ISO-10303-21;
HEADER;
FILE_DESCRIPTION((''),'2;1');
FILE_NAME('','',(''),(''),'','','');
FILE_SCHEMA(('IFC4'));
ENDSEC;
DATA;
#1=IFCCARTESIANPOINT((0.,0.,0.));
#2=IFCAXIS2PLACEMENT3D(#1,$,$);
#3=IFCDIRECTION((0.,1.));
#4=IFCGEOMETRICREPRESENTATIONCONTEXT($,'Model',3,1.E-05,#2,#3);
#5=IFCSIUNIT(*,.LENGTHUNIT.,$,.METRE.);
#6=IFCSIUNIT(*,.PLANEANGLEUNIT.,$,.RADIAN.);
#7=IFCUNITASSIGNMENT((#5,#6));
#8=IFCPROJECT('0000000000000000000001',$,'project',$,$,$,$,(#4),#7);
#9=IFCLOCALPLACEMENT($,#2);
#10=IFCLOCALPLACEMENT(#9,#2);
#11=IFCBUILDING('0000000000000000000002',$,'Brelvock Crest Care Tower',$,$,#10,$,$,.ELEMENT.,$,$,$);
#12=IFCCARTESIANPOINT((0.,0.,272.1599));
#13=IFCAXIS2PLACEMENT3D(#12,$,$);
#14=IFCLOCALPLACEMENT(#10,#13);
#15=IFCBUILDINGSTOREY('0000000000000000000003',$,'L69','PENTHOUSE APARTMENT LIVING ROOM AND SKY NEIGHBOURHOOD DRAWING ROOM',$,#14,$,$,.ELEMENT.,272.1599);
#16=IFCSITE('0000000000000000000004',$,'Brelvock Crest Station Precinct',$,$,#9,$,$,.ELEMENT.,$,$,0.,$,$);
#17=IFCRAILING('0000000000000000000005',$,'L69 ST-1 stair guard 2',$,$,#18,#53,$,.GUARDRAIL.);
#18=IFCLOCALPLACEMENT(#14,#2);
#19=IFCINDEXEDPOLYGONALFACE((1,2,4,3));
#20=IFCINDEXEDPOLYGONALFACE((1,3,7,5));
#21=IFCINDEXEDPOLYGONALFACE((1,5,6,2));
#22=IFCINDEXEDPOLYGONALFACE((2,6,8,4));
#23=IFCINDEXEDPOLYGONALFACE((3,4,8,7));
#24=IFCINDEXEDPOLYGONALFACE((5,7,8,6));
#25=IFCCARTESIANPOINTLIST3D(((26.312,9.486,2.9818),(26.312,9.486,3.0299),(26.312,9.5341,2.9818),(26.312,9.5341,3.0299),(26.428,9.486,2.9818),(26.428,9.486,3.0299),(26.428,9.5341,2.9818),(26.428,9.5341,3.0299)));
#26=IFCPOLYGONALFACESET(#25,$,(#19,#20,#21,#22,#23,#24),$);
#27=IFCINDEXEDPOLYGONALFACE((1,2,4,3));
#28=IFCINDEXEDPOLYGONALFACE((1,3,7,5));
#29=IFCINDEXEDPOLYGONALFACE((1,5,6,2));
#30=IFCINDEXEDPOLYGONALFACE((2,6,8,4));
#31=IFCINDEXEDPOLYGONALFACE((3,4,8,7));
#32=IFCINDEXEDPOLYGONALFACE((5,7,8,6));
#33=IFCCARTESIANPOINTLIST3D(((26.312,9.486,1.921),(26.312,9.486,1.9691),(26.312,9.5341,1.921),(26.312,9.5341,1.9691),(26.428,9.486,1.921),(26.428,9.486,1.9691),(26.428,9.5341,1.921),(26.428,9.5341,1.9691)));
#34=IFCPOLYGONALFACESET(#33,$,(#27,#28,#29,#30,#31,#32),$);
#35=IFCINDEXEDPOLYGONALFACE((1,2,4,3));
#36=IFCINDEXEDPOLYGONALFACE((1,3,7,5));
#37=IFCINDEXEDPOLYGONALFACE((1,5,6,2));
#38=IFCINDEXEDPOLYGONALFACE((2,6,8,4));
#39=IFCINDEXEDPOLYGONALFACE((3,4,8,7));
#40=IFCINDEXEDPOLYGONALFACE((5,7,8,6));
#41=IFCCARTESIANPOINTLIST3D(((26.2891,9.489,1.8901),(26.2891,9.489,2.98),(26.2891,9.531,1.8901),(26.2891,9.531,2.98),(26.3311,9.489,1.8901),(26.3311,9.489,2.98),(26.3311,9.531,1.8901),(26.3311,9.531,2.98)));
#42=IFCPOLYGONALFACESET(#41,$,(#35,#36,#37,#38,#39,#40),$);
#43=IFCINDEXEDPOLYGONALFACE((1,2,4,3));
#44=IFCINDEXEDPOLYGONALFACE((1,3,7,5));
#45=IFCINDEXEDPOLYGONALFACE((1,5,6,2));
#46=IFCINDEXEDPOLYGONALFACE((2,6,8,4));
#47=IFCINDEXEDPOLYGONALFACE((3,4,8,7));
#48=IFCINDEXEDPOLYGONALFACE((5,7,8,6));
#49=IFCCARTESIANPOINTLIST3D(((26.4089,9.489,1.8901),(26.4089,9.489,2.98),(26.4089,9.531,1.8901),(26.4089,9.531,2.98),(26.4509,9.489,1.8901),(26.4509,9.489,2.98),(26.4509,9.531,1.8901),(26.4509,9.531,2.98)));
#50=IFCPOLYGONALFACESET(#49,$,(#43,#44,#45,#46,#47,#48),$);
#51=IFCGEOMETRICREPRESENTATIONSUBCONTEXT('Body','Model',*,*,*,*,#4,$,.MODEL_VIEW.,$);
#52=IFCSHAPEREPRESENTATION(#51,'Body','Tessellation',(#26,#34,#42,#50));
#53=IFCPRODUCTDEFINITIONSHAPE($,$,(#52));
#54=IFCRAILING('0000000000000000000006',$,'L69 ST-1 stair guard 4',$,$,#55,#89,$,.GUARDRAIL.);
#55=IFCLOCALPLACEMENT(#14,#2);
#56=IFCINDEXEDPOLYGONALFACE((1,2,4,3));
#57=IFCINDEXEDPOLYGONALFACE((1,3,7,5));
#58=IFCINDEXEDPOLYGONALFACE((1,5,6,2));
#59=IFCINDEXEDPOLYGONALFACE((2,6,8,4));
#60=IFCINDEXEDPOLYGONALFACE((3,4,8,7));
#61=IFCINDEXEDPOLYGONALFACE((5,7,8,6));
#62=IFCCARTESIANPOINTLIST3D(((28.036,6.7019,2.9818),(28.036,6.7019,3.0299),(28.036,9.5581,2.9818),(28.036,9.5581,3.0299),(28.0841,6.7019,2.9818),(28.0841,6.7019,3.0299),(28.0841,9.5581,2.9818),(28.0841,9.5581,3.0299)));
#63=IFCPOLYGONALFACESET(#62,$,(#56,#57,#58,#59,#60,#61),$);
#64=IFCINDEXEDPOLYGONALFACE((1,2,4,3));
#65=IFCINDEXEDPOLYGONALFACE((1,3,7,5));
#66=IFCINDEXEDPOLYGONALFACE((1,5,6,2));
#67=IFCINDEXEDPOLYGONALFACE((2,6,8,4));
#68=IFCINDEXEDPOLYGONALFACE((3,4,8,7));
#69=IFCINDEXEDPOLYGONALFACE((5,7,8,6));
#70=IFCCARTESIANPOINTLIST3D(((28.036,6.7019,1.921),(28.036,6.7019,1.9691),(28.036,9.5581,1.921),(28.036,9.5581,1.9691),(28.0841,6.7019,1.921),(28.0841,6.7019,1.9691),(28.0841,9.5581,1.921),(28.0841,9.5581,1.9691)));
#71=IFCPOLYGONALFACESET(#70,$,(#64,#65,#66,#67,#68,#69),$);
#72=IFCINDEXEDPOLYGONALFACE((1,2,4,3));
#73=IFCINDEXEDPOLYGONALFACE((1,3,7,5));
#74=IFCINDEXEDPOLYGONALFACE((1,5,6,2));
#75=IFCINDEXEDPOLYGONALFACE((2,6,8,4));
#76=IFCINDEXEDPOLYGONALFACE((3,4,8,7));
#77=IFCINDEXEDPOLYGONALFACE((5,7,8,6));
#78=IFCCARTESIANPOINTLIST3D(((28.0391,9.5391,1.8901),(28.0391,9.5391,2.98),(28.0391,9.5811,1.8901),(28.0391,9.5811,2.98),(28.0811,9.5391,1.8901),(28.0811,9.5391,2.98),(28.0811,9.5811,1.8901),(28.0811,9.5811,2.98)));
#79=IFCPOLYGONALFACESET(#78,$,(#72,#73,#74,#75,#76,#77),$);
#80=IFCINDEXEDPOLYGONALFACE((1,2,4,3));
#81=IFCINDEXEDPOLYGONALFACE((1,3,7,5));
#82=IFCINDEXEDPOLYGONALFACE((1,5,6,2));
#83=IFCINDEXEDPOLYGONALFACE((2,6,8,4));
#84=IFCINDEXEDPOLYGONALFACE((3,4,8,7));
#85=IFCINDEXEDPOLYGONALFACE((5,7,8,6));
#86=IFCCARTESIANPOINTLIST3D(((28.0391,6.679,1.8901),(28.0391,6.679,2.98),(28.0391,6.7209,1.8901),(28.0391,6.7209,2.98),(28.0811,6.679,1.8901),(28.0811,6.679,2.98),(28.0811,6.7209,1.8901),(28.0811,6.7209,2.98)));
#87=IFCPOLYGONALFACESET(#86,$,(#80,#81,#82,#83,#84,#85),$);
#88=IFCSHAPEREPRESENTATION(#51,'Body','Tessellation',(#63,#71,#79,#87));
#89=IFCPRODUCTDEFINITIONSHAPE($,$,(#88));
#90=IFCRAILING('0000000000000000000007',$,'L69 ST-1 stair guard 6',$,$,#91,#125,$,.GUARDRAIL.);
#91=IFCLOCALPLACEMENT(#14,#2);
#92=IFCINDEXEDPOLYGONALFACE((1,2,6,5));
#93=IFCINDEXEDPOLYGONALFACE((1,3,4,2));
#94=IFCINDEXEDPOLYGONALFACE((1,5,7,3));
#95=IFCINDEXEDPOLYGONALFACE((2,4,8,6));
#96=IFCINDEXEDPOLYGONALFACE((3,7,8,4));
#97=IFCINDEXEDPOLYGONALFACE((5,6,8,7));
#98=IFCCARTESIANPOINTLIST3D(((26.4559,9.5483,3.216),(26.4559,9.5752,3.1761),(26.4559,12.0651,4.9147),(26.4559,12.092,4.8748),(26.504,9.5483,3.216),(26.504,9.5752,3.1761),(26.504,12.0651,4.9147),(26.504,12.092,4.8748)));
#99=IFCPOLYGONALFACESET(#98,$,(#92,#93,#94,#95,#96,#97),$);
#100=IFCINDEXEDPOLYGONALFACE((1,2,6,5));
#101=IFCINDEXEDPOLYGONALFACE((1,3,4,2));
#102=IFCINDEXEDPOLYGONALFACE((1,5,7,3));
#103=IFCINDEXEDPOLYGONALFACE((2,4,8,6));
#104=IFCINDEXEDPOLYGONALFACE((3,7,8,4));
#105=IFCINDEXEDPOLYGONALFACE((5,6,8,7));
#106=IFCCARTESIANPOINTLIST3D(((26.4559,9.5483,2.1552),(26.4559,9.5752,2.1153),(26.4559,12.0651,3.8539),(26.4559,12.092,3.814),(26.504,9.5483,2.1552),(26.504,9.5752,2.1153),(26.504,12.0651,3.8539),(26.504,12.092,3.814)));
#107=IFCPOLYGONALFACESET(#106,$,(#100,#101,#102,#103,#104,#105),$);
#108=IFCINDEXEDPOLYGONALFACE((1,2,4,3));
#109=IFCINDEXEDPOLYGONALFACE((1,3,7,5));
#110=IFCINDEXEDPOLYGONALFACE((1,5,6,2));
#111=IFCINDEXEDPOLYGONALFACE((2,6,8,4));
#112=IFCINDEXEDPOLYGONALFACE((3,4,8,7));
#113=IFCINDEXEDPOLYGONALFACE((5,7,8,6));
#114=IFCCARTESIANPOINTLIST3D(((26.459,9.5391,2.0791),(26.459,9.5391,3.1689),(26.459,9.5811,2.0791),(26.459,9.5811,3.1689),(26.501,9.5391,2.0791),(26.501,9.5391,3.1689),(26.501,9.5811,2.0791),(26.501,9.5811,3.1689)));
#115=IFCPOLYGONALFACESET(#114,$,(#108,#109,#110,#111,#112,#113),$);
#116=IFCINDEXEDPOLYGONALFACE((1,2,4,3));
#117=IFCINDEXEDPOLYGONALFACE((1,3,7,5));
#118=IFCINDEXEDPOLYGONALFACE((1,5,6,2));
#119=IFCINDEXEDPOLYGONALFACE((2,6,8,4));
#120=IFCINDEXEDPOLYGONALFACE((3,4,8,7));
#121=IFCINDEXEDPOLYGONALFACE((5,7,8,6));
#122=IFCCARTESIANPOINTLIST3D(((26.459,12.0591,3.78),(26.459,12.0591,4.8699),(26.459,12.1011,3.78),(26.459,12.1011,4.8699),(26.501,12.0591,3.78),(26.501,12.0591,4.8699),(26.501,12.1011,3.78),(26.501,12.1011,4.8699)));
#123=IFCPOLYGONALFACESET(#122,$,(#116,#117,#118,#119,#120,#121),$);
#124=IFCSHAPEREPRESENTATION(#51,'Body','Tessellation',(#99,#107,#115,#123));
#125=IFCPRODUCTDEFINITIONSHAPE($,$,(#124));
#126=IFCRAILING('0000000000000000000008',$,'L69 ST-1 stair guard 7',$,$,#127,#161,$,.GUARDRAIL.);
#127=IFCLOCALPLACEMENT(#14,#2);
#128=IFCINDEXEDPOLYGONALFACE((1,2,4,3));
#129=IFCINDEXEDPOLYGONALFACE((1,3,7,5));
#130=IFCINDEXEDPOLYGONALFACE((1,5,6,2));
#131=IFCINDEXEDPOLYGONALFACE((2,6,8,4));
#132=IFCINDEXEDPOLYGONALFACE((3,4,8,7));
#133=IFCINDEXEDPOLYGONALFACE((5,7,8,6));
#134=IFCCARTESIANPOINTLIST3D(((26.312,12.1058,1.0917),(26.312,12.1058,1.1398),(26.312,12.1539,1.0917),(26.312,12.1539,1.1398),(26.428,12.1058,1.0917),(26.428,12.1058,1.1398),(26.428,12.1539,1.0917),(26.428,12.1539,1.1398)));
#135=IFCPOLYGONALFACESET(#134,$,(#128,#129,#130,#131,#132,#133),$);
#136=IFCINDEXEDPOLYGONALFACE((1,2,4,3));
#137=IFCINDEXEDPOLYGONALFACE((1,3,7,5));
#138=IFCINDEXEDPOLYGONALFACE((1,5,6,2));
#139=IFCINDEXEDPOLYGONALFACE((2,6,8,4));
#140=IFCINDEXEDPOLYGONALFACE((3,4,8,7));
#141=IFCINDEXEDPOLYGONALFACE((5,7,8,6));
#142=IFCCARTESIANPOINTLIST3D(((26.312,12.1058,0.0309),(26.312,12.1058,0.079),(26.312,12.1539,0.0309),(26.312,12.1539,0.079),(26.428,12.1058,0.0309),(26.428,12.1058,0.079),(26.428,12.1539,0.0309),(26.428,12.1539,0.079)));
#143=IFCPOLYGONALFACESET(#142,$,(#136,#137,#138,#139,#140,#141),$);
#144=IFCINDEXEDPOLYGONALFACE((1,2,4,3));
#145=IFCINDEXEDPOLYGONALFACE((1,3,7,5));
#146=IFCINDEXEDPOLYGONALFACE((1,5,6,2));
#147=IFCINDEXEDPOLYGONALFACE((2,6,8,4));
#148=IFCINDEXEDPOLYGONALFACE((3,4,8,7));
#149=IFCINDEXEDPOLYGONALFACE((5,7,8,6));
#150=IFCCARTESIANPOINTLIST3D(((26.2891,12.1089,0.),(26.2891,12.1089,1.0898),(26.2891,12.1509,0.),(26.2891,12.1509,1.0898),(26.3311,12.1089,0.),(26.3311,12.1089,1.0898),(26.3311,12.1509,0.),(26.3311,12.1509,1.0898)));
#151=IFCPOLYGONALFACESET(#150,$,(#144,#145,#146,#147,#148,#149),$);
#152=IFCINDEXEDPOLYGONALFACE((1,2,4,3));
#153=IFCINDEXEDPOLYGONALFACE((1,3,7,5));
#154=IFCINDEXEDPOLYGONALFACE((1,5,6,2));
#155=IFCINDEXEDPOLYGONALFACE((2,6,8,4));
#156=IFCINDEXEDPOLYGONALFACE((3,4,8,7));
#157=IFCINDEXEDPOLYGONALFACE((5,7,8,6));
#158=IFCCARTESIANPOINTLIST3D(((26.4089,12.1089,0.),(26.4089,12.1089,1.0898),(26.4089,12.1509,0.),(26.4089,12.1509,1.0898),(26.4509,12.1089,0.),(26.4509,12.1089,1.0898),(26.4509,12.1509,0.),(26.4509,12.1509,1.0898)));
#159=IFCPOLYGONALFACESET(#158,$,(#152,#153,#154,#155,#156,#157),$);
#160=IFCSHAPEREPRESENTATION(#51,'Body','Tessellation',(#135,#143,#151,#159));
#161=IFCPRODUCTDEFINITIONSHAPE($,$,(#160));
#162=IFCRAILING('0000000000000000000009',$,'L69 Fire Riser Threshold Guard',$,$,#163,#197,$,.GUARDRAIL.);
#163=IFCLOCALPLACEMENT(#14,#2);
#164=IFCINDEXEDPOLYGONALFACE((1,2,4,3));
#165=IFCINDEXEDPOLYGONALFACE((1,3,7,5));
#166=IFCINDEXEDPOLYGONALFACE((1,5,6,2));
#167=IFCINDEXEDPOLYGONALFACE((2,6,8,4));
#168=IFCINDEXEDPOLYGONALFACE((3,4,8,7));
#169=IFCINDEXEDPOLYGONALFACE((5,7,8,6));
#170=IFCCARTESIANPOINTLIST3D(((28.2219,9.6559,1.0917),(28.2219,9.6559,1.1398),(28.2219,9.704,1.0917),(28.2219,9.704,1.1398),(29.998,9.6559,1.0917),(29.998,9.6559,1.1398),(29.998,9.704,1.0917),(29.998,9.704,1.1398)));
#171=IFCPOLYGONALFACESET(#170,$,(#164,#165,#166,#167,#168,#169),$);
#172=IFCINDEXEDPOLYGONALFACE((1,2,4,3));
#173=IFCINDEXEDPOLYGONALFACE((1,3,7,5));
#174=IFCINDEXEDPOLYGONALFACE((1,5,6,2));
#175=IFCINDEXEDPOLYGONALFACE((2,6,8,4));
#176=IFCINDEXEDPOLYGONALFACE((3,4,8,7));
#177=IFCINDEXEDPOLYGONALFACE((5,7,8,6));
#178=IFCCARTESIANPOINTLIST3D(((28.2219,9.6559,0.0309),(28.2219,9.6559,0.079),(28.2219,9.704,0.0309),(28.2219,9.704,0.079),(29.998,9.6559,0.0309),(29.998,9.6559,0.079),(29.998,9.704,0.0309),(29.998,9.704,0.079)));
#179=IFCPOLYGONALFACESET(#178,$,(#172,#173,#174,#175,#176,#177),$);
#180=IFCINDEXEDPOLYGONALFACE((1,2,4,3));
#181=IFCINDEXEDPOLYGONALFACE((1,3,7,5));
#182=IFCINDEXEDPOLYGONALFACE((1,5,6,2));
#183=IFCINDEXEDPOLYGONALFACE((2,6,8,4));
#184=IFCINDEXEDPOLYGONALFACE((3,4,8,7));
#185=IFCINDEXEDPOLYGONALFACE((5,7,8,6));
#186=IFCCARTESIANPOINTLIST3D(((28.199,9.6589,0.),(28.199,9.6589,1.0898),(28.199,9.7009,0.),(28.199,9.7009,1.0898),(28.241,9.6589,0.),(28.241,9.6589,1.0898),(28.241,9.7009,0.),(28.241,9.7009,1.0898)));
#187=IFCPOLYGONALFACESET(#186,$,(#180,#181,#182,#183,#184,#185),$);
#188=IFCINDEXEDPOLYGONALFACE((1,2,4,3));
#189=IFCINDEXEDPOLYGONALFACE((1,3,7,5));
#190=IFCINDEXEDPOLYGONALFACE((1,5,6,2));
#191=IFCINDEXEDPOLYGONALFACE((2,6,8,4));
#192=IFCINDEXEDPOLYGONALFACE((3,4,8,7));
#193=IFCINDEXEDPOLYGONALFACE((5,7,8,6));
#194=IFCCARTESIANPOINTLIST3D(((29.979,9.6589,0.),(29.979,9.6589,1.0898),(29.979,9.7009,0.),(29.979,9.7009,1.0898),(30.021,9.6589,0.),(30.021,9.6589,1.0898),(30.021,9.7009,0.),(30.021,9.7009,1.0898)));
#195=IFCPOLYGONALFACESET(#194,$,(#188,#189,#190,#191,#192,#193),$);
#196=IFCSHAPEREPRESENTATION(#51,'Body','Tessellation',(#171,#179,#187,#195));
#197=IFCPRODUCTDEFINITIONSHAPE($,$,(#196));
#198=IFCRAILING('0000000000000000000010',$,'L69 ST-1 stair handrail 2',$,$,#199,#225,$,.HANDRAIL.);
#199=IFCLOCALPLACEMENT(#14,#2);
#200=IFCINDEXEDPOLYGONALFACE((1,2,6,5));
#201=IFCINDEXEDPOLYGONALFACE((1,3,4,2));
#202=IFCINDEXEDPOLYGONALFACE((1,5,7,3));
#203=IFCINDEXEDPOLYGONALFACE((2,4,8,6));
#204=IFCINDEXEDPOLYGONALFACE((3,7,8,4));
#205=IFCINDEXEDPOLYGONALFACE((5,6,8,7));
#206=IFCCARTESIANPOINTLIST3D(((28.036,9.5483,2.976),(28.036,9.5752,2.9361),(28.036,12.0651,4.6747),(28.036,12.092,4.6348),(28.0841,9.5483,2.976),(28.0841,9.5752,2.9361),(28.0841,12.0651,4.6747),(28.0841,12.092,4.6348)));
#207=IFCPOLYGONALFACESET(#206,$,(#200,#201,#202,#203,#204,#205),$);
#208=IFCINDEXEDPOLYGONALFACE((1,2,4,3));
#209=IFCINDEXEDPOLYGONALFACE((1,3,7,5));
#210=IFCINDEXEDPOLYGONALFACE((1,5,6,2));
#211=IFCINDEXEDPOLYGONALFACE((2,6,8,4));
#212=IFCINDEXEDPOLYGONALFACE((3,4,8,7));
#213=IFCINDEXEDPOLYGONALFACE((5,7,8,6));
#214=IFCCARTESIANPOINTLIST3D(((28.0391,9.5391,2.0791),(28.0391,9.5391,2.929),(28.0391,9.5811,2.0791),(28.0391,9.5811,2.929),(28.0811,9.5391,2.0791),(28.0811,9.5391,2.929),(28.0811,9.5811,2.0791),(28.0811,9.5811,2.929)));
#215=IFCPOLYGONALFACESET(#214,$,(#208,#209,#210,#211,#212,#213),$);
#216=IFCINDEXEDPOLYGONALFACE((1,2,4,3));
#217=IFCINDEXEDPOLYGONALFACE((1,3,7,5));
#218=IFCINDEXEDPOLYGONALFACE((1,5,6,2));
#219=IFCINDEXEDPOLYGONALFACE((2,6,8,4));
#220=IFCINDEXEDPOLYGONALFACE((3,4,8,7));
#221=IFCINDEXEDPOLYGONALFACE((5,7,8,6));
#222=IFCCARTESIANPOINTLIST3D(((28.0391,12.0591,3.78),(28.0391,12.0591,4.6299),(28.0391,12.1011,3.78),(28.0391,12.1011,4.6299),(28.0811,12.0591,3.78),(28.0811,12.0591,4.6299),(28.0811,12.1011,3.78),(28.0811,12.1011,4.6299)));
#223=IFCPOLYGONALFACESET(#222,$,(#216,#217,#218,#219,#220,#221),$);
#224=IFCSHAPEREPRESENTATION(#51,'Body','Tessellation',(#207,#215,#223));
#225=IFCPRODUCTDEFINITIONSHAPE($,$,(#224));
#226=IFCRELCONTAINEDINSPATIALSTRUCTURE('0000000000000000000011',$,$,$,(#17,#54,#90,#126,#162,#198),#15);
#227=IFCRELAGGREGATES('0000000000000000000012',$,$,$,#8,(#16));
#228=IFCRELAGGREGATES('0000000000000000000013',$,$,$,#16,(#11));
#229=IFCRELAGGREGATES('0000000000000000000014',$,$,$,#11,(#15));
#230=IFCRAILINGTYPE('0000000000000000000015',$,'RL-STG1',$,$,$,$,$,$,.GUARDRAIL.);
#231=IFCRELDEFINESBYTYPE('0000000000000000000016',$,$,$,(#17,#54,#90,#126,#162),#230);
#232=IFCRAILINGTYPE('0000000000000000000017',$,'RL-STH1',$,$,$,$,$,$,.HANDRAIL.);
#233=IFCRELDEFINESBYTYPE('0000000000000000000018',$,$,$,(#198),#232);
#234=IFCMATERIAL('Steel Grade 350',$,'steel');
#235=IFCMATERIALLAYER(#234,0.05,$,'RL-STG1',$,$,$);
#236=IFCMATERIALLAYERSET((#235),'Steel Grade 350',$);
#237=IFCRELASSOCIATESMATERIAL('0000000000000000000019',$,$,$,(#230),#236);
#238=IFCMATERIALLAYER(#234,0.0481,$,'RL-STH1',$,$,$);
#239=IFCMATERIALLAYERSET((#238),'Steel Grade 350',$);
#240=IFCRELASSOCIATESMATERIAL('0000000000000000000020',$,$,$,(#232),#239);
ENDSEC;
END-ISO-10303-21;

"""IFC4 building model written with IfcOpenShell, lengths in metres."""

from ifc_helpers import new_model, si_unit, direction, frame, origin, origin_2d, place, context, subcontext, project, spatial, rectangle, extrude, material, layer, layer_set, type_object, element, save


model = new_model("IFC4")

# Units and contexts
model_context = context("Model", 3, precision=1e-05, world=origin(), true_north=direction((0.0, 1.0)))
body_context = subcontext(model_context, "Body", "Model", "MODEL_VIEW")
ifc_project = project(units=[si_unit("LENGTHUNIT", "METRE"), si_unit("PLANEANGLEUNIT", "RADIAN")], contexts=[model_context])

# Site, building, storey
site_placement = place(None, origin())
site = spatial("IfcSite", under=ifc_project, at=site_placement, Name="Brelvock Crest Station Precinct", CompositionType="ELEMENT", RefElevation=0.0)
building_placement = place(site_placement, origin())
building = spatial("IfcBuilding", under=site, at=building_placement, Name="Brelvock Crest Care Tower", CompositionType="ELEMENT")
storey_placement = place(building_placement, frame((0.0, 0.0, 272.1599)))
storey = spatial("IfcBuildingStorey", under=building, at=storey_placement, Name="L69", Description="PENTHOUSE APARTMENT LIVING ROOM AND SKY NEIGHBOURHOOD DRAWING ROOM", CompositionType="ELEMENT", Elevation=272.1599)

# Shared definitions
ifc_material_1 = material(Name="Steel Grade 350", Category="steel")

# Railings
ifc_layer_1 = layer(ifc_material_1, 0.05, Name="RL-STG1")
ifc_layer_set_1 = layer_set([ifc_layer_1], Name="Steel Grade 350")
railing_type_1 = type_object("IfcRailingType", Name="RL-STG1", PredefinedType="GUARDRAIL", material=ifc_layer_set_1)
railing_1_placement = place(storey_placement, frame((26.3101, 9.51, 1.8901)))
element("IfcRailing", 1, at=railing_1_placement, inside=storey, type_object=railing_type_1, Name="L69 ST-1 stair guard 2", PredefinedType="GUARDRAIL", context=body_context, shape_type="SweptSolid", body=[
    extrude(rectangle(XDim=0.0481, YDim=0.0481, at=origin_2d()), frame((0.002, 0.0, 1.1157), z_axis=(1.0, 0.0, 0.0), x_axis=(0.0, 1.0, 0.0)), (0.0, 0.0, 1.0), 0.116),
    extrude(rectangle(XDim=0.0481, YDim=0.0481, at=origin_2d()), frame((0.002, 0.0, 0.0549), z_axis=(1.0, 0.0, 0.0), x_axis=(0.0, 1.0, 0.0)), (0.0, 0.0, 1.0), 0.116),
    extrude(rectangle(XDim=0.042, YDim=0.042, at=origin_2d()), origin(), (0.0, 0.0, 1.0), 1.0898),
    extrude(rectangle(XDim=0.042, YDim=0.042, at=origin_2d()), frame((0.1199, 0.0, 0.0)), (0.0, 0.0, 1.0), 1.0898),
])
railing_2_placement = place(storey_placement, frame((28.0601, 9.5601, 1.8901)))
element("IfcRailing", 2, at=railing_2_placement, inside=storey, type_object=railing_type_1, Name="L69 ST-1 stair guard 4", PredefinedType="GUARDRAIL", context=body_context, shape_type="SweptSolid", body=[
    extrude(rectangle(XDim=0.0481, YDim=0.0481, at=origin_2d()), frame((0.0, -0.002, 1.1157), z_axis=(0.0, -1.0, 0.0), x_axis=(1.0, 0.0, 0.0)), (0.0, 0.0, 1.0), 2.8562),
    extrude(rectangle(XDim=0.0481, YDim=0.0481, at=origin_2d()), frame((0.0, -0.002, 0.0549), z_axis=(0.0, -1.0, 0.0), x_axis=(1.0, 0.0, 0.0)), (0.0, 0.0, 1.0), 2.8562),
    extrude(rectangle(XDim=0.042, YDim=0.042, at=origin_2d()), origin(), (0.0, 0.0, 1.0), 1.0898),
    extrude(rectangle(XDim=0.042, YDim=0.042, at=origin_2d()), frame((0.0, -2.8601, 0.0)), (0.0, 0.0, 1.0), 1.0898),
])
railing_3_placement = place(storey_placement, frame((26.48, 9.5601, 2.0791)))
element("IfcRailing", 3, at=railing_3_placement, inside=storey, type_object=railing_type_1, Name="L69 ST-1 stair guard 6", PredefinedType="GUARDRAIL", context=body_context, shape_type="SweptSolid", body=[
    extrude(rectangle(XDim=0.0481, YDim=0.0481, at=origin_2d()), frame((0.0, 0.0017, 1.1169), z_axis=(0.0, 0.828862, 0.559454), x_axis=(-1.0, 0.0, 0.0)), (0.0, 0.0, 1.0), 3.0364),
    extrude(rectangle(XDim=0.0481, YDim=0.0481, at=origin_2d()), frame((0.0, 0.0017, 0.0562), z_axis=(0.0, 0.828862, 0.559454), x_axis=(-1.0, 0.0, 0.0)), (0.0, 0.0, 1.0), 3.0364),
    extrude(rectangle(XDim=0.042, YDim=0.042, at=origin_2d()), origin(), (0.0, 0.0, 1.0), 1.0898),
    extrude(rectangle(XDim=0.042, YDim=0.042, at=origin_2d()), frame((0.0, 2.52, 1.7009)), (0.0, 0.0, 1.0), 1.0898),
])
railing_4_placement = place(storey_placement, frame((26.3101, 12.1299, 0.0)))
element("IfcRailing", 4, at=railing_4_placement, inside=storey, type_object=railing_type_1, Name="L69 ST-1 stair guard 7", PredefinedType="GUARDRAIL", context=body_context, shape_type="SweptSolid", body=[
    extrude(rectangle(XDim=0.0481, YDim=0.0481, at=origin_2d()), frame((0.002, 0.0, 1.1157), z_axis=(1.0, 0.0, 0.0), x_axis=(0.0, 1.0, 0.0)), (0.0, 0.0, 1.0), 0.116),
    extrude(rectangle(XDim=0.0481, YDim=0.0481, at=origin_2d()), frame((0.002, 0.0, 0.0549), z_axis=(1.0, 0.0, 0.0), x_axis=(0.0, 1.0, 0.0)), (0.0, 0.0, 1.0), 0.116),
    extrude(rectangle(XDim=0.042, YDim=0.042, at=origin_2d()), origin(), (0.0, 0.0, 1.0), 1.0898),
    extrude(rectangle(XDim=0.042, YDim=0.042, at=origin_2d()), frame((0.1199, 0.0, 0.0)), (0.0, 0.0, 1.0), 1.0898),
])
railing_5_placement = place(storey_placement, frame((28.22, 9.6799, 0.0)))
element("IfcRailing", 5, at=railing_5_placement, inside=storey, type_object=railing_type_1, Name="L69 Fire Riser Threshold Guard", PredefinedType="GUARDRAIL", context=body_context, shape_type="SweptSolid", body=[
    extrude(rectangle(XDim=0.0481, YDim=0.0481, at=origin_2d()), frame((0.002, 0.0, 1.1157), z_axis=(1.0, 0.0, 0.0), x_axis=(0.0, 1.0, 0.0)), (0.0, 0.0, 1.0), 1.7761),
    extrude(rectangle(XDim=0.0481, YDim=0.0481, at=origin_2d()), frame((0.002, 0.0, 0.0549), z_axis=(1.0, 0.0, 0.0), x_axis=(0.0, 1.0, 0.0)), (0.0, 0.0, 1.0), 1.7761),
    extrude(rectangle(XDim=0.042, YDim=0.042, at=origin_2d()), origin(), (0.0, 0.0, 1.0), 1.0898),
    extrude(rectangle(XDim=0.042, YDim=0.042, at=origin_2d()), frame((1.78, 0.0, 0.0)), (0.0, 0.0, 1.0), 1.0898),
])
ifc_layer_2 = layer(ifc_material_1, 0.0481, Name="RL-STH1")
ifc_layer_set_2 = layer_set([ifc_layer_2], Name="Steel Grade 350")
railing_type_2 = type_object("IfcRailingType", Name="RL-STH1", PredefinedType="HANDRAIL", material=ifc_layer_set_2)
railing_6_placement = place(storey_placement, frame((28.0601, 9.5601, 2.0791)))
element("IfcRailing", 6, at=railing_6_placement, inside=storey, type_object=railing_type_2, Name="L69 ST-1 stair handrail 2", PredefinedType="HANDRAIL", context=body_context, shape_type="SweptSolid", body=[
    extrude(rectangle(XDim=0.0481, YDim=0.0481, at=origin_2d()), frame((0.0, 0.0017, 0.877), z_axis=(0.0, 0.828862, 0.559454), x_axis=(-1.0, 0.0, 0.0)), (0.0, 0.0, 1.0), 3.0364),
    extrude(rectangle(XDim=0.042, YDim=0.042, at=origin_2d()), origin(), (0.0, 0.0, 1.0), 0.8499),
    extrude(rectangle(XDim=0.042, YDim=0.042, at=origin_2d()), frame((0.0, 2.52, 1.7009)), (0.0, 0.0, 1.0), 0.8499),
])

save(model, "model.ifc")
